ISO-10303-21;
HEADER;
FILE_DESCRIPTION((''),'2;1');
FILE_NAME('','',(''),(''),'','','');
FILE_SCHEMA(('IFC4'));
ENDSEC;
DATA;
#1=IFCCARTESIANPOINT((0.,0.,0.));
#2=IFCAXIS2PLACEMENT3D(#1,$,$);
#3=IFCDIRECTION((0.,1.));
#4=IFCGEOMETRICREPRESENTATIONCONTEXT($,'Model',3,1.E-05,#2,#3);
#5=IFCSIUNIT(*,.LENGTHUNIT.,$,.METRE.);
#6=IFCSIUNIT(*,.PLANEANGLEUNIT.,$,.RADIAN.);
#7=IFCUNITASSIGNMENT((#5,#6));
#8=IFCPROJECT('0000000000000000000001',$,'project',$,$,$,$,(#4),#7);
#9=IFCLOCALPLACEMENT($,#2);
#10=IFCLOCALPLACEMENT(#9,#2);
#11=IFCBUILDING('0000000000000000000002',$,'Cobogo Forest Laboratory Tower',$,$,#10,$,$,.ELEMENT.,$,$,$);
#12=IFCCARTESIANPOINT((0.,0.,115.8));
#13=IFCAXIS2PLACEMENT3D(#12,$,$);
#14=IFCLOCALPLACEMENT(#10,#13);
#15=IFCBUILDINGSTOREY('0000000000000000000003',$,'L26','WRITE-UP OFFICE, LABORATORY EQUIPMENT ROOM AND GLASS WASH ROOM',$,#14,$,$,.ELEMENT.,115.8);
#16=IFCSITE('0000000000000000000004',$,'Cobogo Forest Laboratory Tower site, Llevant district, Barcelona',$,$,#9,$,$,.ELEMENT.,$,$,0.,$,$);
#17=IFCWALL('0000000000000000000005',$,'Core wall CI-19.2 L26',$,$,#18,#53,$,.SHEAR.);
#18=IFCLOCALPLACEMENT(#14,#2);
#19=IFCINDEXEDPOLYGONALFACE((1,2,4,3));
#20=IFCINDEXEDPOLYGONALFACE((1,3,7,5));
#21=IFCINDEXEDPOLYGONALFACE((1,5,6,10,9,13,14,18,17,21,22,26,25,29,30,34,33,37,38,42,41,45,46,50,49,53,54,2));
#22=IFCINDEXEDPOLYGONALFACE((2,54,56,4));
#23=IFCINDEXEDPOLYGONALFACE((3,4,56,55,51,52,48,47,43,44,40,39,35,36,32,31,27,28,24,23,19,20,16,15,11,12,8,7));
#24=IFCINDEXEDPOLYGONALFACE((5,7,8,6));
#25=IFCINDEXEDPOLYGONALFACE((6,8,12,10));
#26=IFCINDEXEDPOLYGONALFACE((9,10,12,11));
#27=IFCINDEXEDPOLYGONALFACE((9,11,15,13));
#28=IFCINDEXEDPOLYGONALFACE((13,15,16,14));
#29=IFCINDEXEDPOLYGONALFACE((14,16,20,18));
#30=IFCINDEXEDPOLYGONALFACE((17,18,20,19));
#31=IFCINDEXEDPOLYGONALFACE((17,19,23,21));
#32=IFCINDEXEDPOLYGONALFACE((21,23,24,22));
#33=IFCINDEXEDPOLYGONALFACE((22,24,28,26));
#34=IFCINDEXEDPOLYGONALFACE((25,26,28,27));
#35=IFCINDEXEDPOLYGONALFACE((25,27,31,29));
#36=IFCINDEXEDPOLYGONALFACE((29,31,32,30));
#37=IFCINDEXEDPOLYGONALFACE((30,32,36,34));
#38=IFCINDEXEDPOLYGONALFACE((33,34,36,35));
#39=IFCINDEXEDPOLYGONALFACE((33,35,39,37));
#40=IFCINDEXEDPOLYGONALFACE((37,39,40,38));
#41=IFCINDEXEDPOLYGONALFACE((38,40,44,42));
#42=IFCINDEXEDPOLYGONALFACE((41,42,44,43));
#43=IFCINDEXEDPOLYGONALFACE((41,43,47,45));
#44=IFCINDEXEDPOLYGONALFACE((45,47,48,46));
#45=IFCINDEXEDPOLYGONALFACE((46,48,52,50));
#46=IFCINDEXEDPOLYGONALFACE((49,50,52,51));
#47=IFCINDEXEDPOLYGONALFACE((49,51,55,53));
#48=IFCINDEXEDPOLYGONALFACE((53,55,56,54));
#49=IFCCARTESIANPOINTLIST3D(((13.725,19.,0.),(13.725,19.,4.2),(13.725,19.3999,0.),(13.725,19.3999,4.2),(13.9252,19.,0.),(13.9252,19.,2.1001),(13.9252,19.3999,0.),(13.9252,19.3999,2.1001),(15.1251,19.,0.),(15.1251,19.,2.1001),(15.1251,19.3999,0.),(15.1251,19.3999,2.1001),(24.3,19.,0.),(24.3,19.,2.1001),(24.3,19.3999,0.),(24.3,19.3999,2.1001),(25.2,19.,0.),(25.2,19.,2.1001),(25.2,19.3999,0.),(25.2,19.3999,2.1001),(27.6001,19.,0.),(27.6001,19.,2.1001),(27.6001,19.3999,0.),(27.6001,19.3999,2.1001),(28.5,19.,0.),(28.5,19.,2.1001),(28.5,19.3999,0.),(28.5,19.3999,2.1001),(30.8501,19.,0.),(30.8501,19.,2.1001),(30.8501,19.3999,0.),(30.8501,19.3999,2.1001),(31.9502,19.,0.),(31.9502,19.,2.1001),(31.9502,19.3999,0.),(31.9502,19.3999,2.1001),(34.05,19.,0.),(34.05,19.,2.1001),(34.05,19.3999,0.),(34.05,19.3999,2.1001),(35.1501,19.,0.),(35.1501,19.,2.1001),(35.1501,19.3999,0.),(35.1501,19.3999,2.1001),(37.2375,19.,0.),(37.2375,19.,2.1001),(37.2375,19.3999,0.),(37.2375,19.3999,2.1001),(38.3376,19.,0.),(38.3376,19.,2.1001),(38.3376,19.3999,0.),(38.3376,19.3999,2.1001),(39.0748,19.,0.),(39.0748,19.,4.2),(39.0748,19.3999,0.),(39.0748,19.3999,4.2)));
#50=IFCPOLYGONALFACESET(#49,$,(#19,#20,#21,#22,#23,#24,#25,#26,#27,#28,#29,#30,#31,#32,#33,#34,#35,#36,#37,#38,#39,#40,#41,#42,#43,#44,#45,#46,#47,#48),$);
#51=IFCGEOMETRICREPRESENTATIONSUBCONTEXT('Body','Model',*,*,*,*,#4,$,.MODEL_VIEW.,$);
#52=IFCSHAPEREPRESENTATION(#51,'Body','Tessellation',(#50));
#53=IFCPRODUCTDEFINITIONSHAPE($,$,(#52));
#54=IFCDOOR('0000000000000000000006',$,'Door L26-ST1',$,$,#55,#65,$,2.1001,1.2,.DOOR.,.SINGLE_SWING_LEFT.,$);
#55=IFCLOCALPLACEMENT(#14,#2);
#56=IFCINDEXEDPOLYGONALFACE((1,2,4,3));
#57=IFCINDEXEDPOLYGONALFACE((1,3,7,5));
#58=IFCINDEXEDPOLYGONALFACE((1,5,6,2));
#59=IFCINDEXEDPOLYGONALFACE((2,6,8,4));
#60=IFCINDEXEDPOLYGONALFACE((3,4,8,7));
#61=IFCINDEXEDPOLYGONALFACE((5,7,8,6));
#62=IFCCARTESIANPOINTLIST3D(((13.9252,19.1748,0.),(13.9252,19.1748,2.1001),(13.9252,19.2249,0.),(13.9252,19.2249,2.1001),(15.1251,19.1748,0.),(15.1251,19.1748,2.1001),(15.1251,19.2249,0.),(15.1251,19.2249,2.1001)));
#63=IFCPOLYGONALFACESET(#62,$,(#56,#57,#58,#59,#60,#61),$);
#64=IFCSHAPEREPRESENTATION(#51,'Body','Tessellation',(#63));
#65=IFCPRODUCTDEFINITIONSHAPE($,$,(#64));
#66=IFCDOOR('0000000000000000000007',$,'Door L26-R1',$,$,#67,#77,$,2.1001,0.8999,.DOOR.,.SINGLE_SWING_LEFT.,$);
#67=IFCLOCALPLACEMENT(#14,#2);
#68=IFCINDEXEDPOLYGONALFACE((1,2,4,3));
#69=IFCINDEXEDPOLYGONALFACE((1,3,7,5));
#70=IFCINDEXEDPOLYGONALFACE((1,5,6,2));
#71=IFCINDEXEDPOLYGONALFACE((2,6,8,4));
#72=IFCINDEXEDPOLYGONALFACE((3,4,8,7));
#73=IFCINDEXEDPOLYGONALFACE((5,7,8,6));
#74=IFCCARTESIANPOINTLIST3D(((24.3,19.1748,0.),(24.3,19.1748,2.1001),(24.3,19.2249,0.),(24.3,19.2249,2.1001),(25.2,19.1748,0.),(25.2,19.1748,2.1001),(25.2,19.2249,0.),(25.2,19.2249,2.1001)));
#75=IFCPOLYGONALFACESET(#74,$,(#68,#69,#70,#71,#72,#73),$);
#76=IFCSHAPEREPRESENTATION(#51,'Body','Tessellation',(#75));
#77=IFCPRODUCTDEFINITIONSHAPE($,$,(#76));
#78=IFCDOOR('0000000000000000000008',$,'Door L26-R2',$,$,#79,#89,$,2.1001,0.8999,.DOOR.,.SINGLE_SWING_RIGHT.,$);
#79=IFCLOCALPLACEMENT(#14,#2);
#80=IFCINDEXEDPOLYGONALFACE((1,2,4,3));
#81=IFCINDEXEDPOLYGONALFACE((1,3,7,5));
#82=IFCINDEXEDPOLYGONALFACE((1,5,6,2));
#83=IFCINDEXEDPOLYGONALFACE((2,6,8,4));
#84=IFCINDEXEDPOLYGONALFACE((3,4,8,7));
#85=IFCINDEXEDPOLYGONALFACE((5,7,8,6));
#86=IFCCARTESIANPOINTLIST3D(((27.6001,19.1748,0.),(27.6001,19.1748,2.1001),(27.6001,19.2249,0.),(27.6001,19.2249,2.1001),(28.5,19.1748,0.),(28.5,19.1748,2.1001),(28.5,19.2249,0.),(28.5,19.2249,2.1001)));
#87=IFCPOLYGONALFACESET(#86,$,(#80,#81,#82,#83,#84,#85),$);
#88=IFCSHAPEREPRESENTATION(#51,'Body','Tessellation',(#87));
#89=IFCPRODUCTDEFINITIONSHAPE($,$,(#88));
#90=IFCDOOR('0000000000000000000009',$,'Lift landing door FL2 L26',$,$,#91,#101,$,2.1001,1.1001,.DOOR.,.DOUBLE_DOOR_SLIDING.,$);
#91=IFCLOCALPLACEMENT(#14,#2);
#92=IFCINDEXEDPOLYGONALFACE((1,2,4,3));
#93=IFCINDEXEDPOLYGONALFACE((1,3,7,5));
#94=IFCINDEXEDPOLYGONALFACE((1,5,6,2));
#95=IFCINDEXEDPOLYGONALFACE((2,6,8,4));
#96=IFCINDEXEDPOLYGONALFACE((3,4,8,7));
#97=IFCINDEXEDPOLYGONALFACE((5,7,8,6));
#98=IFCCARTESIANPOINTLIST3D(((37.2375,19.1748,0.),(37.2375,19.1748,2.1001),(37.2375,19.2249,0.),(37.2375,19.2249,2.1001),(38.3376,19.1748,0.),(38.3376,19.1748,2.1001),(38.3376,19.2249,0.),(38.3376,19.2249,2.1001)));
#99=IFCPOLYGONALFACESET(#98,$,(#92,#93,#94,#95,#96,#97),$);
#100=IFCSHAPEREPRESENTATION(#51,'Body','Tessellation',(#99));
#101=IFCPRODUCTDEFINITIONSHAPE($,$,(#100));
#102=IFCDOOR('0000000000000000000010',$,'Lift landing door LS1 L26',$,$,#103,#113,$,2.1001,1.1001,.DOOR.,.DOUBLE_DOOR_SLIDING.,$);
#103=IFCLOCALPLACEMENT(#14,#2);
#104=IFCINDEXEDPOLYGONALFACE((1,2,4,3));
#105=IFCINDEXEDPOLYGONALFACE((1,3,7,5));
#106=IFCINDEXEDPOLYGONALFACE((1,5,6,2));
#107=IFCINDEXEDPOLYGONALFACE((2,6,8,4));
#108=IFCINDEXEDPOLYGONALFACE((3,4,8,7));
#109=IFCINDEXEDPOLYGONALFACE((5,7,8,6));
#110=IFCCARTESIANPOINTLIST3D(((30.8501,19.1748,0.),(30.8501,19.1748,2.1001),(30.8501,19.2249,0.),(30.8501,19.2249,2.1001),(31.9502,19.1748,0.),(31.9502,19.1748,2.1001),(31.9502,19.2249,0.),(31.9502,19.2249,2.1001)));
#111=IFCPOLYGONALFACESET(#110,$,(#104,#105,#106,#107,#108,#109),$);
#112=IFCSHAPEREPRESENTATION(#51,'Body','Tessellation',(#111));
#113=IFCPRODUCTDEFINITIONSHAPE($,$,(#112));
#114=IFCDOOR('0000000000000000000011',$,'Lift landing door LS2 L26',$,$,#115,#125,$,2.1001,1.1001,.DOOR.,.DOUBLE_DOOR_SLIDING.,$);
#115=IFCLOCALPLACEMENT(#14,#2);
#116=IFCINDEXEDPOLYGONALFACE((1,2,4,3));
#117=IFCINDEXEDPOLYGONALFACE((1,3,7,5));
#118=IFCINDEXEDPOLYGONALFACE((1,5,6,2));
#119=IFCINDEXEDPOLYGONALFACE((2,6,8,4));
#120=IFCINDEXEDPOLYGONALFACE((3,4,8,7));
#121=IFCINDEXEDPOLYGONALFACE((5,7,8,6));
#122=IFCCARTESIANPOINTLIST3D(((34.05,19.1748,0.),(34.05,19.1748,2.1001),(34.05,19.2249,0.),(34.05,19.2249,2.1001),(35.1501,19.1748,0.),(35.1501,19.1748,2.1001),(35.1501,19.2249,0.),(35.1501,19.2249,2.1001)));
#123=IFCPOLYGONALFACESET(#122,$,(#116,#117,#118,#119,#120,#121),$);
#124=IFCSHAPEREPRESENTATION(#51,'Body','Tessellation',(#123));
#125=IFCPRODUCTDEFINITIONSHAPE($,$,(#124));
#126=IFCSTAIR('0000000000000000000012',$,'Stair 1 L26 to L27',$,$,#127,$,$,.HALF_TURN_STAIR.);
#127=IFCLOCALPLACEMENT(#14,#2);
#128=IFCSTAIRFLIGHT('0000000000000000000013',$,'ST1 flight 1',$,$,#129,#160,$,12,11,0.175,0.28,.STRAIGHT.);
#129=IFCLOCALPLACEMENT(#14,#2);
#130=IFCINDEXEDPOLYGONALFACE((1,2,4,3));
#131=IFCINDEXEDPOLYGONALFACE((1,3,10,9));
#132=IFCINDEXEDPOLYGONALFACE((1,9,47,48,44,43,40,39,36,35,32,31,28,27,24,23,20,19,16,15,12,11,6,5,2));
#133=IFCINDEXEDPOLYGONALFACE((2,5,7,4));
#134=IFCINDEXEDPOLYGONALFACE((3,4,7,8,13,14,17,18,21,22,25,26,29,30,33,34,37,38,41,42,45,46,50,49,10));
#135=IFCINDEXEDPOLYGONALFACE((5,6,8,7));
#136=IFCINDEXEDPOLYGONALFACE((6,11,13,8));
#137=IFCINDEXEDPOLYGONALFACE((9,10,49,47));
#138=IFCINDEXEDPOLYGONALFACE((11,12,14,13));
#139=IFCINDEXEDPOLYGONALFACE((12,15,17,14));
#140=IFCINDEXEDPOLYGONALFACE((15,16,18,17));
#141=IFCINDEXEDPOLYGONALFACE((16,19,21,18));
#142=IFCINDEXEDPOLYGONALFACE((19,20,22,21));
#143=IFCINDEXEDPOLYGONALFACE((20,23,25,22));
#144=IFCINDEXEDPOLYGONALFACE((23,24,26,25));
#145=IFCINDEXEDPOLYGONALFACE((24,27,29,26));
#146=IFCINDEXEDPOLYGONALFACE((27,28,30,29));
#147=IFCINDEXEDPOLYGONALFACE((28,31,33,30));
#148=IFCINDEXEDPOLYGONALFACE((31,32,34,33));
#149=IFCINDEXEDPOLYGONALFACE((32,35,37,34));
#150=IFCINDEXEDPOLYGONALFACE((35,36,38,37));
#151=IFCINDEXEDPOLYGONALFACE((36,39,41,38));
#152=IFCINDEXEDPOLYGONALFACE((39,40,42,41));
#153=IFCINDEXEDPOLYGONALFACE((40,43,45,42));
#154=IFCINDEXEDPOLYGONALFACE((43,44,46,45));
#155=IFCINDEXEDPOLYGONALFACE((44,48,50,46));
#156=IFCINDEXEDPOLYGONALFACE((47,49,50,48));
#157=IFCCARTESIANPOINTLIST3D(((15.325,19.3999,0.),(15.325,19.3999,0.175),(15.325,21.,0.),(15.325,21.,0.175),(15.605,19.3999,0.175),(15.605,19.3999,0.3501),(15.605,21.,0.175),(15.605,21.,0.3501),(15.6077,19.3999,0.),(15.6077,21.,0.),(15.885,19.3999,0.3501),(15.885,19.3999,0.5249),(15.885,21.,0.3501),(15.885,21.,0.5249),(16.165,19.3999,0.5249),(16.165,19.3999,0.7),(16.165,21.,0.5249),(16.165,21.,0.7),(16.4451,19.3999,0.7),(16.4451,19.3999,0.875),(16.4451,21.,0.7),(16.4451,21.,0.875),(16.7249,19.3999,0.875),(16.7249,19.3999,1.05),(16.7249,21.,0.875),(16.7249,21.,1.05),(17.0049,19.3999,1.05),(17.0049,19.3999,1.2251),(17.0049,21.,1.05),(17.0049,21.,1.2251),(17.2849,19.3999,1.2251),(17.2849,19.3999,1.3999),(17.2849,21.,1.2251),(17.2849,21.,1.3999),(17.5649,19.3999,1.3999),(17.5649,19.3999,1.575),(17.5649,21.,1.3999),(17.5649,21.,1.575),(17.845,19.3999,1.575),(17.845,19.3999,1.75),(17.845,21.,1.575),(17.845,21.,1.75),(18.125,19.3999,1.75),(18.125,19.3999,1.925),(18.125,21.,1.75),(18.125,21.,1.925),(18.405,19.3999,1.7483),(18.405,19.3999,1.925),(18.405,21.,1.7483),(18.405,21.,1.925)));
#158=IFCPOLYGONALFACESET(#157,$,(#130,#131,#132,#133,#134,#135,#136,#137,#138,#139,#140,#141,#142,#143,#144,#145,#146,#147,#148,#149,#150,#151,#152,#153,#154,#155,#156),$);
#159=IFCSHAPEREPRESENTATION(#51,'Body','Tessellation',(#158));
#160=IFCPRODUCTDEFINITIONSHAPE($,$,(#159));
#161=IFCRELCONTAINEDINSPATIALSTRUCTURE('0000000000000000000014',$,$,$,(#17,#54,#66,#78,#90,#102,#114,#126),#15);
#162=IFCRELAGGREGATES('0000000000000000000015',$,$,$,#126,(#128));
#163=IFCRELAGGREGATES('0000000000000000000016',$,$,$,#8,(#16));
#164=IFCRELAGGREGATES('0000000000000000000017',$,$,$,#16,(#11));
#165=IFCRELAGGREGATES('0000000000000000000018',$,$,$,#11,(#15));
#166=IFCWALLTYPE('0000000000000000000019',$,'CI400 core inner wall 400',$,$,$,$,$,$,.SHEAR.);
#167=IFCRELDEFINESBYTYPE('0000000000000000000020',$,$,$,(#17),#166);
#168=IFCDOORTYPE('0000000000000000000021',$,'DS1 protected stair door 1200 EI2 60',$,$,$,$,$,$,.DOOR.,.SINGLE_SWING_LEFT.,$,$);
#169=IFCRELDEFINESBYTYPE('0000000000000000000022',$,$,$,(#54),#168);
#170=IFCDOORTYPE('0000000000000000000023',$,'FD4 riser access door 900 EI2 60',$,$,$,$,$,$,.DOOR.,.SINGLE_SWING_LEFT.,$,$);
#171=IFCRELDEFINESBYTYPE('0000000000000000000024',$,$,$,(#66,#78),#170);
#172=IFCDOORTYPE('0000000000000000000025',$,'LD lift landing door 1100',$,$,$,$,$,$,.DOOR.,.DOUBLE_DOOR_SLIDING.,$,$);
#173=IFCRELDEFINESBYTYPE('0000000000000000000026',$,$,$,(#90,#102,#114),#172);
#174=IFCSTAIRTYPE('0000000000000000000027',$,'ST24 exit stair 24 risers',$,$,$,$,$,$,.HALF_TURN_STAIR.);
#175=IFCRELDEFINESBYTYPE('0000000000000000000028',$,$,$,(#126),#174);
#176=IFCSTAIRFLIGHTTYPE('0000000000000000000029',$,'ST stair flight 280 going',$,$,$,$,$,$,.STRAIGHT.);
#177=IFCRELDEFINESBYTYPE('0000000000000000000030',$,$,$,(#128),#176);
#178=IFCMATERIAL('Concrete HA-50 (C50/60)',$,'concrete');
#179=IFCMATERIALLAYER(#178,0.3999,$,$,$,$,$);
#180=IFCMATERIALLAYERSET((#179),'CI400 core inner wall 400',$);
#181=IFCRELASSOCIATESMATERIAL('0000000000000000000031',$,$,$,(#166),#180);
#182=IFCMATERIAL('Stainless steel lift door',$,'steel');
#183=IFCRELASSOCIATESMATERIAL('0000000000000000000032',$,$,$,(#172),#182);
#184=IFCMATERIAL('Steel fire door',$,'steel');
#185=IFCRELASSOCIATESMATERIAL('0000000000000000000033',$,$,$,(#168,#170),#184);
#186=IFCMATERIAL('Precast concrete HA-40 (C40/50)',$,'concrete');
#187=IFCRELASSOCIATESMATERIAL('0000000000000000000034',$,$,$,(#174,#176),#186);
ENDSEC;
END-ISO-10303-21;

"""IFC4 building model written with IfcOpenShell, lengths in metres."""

from ifc_helpers import new_model, si_unit, direction, frame, frame_2d, origin, place, context, subcontext, project, spatial, polyline, rectangle, outline, extrude, material, layer, layer_set, type_object, element, fill, aggregate, save


model = new_model("IFC4")

# Units and contexts
model_context = context("Model", 3, precision=1e-05, world=origin(), true_north=direction((0.0, 1.0)))
body_context = subcontext(model_context, "Body", "Model", "MODEL_VIEW")
ifc_project = project(units=[si_unit("LENGTHUNIT", "METRE"), si_unit("PLANEANGLEUNIT", "RADIAN")], contexts=[model_context])

# Site, building, storey
site_placement = place(None, origin())
site = spatial("IfcSite", under=ifc_project, at=site_placement, Name="Cobogo Forest Laboratory Tower site, Llevant district, Barcelona", CompositionType="ELEMENT", RefElevation=0.0)
building_placement = place(site_placement, origin())
building = spatial("IfcBuilding", under=site, at=building_placement, Name="Cobogo Forest Laboratory Tower", CompositionType="ELEMENT")
storey_placement = place(building_placement, frame((0.0, 0.0, 115.8)))
storey = spatial("IfcBuildingStorey", under=building, at=storey_placement, Name="L26", Description="WRITE-UP OFFICE, LABORATORY EQUIPMENT ROOM AND GLASS WASH ROOM", CompositionType="ELEMENT", Elevation=115.8)

# Wall, openings, doors
ifc_material_1 = material(Name="Concrete HA-50 (C50/60)", Category="concrete")
ifc_layer = layer(ifc_material_1, 0.3999)
ifc_layer_set = layer_set([ifc_layer], Name="CI400 core inner wall 400")
wall_type = type_object("IfcWallType", Name="CI400 core inner wall 400", PredefinedType="SHEAR", material=ifc_layer_set)
ifc_material_2 = material(Name="Steel fire door", Category="steel")
ifc_material_3 = material(Name="Stainless steel lift door", Category="steel")
door_type_1 = type_object("IfcDoorType", Name="LD lift landing door 1100", OperationType="DOUBLE_DOOR_SLIDING", PredefinedType="DOOR", material=ifc_material_3)
wall_1_placement = place(storey_placement, frame((13.7251, 19.2, 0.0), z_axis=(0.0, 0.0, 1.0), x_axis=(1.0, 0.0, 0.0)))
wall_1 = element("IfcWall", 1, at=wall_1_placement, inside=storey, type_object=wall_type, Name="Core wall CI-19.2 L26", PredefinedType="SHEAR", context=body_context, shape_type="SweptSolid", body=[
    extrude(rectangle(XDim=25.3499, YDim=0.3999, at=frame_2d((12.6748, 0.0))), origin(), (0.0, 0.0, 1.0), 4.2),
])
opening_1_placement = place(wall_1_placement, frame((10.575, 0.0, 0.0)))
opening_1 = element("IfcOpeningElement", 2, at=opening_1_placement, cuts=wall_1, PredefinedType="OPENING", context=body_context, shape_type="SweptSolid", body=[
    extrude(rectangle(XDim=0.8999, YDim=2.1001, at=frame_2d((0.45, 1.05))), frame((0.0, 0.21, 0.0), z_axis=(0.0, -1.0, 0.0), x_axis=(1.0, 0.0, 0.0)), (0.0, 0.0, 1.0), 0.4199),
])
opening_2_placement = place(wall_1_placement, frame((13.875, 0.0, 0.0)))
opening_2 = element("IfcOpeningElement", 3, at=opening_2_placement, cuts=wall_1, PredefinedType="OPENING", context=body_context, shape_type="SweptSolid", body=[
    extrude(rectangle(XDim=0.8999, YDim=2.1001, at=frame_2d((0.45, 1.05))), frame((0.0, 0.21, 0.0), z_axis=(0.0, -1.0, 0.0), x_axis=(1.0, 0.0, 0.0)), (0.0, 0.0, 1.0), 0.4199),
])
opening_3_placement = place(wall_1_placement, frame((0.2, 0.0, 0.0)))
opening_3 = element("IfcOpeningElement", 4, at=opening_3_placement, cuts=wall_1, PredefinedType="OPENING", context=body_context, shape_type="SweptSolid", body=[
    extrude(rectangle(XDim=1.2, YDim=2.1001, at=frame_2d((0.6001, 1.05))), frame((0.0, 0.21, 0.0), z_axis=(0.0, -1.0, 0.0), x_axis=(1.0, 0.0, 0.0)), (0.0, 0.0, 1.0), 0.4199),
])
opening_4_placement = place(wall_1_placement, frame((23.5125, 0.0, 0.0)))
opening_4 = element("IfcOpeningElement", 5, at=opening_4_placement, cuts=wall_1, PredefinedType="OPENING", context=body_context, shape_type="SweptSolid", body=[
    extrude(rectangle(XDim=1.1001, YDim=2.1001, at=frame_2d((0.55, 1.05))), frame((0.0, 0.21, 0.0), z_axis=(0.0, -1.0, 0.0), x_axis=(1.0, 0.0, 0.0)), (0.0, 0.0, 1.0), 0.4199),
])
opening_5_placement = place(wall_1_placement, frame((17.125, 0.0, 0.0)))
opening_5 = element("IfcOpeningElement", 6, at=opening_5_placement, cuts=wall_1, PredefinedType="OPENING", context=body_context, shape_type="SweptSolid", body=[
    extrude(rectangle(XDim=1.1001, YDim=2.1001, at=frame_2d((0.55, 1.05))), frame((0.0, 0.21, 0.0), z_axis=(0.0, -1.0, 0.0), x_axis=(1.0, 0.0, 0.0)), (0.0, 0.0, 1.0), 0.4199),
])
opening_6_placement = place(wall_1_placement, frame((20.325, 0.0, 0.0)))
opening_6 = element("IfcOpeningElement", 7, at=opening_6_placement, cuts=wall_1, PredefinedType="OPENING", context=body_context, shape_type="SweptSolid", body=[
    extrude(rectangle(XDim=1.1001, YDim=2.1001, at=frame_2d((0.55, 1.05))), frame((0.0, 0.21, 0.0), z_axis=(0.0, -1.0, 0.0), x_axis=(1.0, 0.0, 0.0)), (0.0, 0.0, 1.0), 0.4199),
])
door_type_2 = type_object("IfcDoorType", Name="DS1 protected stair door 1200 EI2 60", OperationType="SINGLE_SWING_LEFT", PredefinedType="DOOR", material=ifc_material_2)
door_1_placement = place(opening_3_placement, origin())
door_1 = element("IfcDoor", 8, at=door_1_placement, inside=storey, type_object=door_type_2, Name="Door L26-ST1", OperationType="SINGLE_SWING_LEFT", OverallHeight=2.1001, OverallWidth=1.2, PredefinedType="DOOR", context=body_context, shape_type="SweptSolid", body=[
    extrude(rectangle(XDim=1.2, YDim=2.1001, at=frame_2d((0.6001, 1.05))), frame((0.0, 0.0249, 0.0), z_axis=(0.0, -1.0, 0.0), x_axis=(1.0, 0.0, 0.0)), (0.0, 0.0, 1.0), 0.05),
])
fill(opening_3, door_1)
door_type_3 = type_object("IfcDoorType", Name="FD4 riser access door 900 EI2 60", OperationType="SINGLE_SWING_LEFT", PredefinedType="DOOR", material=ifc_material_2)
door_2_placement = place(opening_1_placement, origin())
door_2 = element("IfcDoor", 9, at=door_2_placement, inside=storey, type_object=door_type_3, Name="Door L26-R1", OperationType="SINGLE_SWING_LEFT", OverallHeight=2.1001, OverallWidth=0.8999, PredefinedType="DOOR", context=body_context, shape_type="SweptSolid", body=[
    extrude(rectangle(XDim=0.8999, YDim=2.1001, at=frame_2d((0.45, 1.05))), frame((0.0, 0.0249, 0.0), z_axis=(0.0, -1.0, 0.0), x_axis=(1.0, 0.0, 0.0)), (0.0, 0.0, 1.0), 0.05),
])
fill(opening_1, door_2)
door_3_placement = place(opening_2_placement, origin())
door_3 = element("IfcDoor", 10, at=door_3_placement, inside=storey, type_object=door_type_3, Name="Door L26-R2", OperationType="SINGLE_SWING_RIGHT", OverallHeight=2.1001, OverallWidth=0.8999, PredefinedType="DOOR", context=body_context, shape_type="SweptSolid", body=[
    extrude(rectangle(XDim=0.8999, YDim=2.1001, at=frame_2d((0.45, 1.05))), frame((0.0, 0.0249, 0.0), z_axis=(0.0, -1.0, 0.0), x_axis=(1.0, 0.0, 0.0)), (0.0, 0.0, 1.0), 0.05),
])
fill(opening_2, door_3)
door_4_placement = place(opening_4_placement, origin())
door_4 = element("IfcDoor", 11, at=door_4_placement, inside=storey, type_object=door_type_1, Name="Lift landing door FL2 L26", OperationType="DOUBLE_DOOR_SLIDING", OverallHeight=2.1001, OverallWidth=1.1001, PredefinedType="DOOR", context=body_context, shape_type="SweptSolid", body=[
    extrude(rectangle(XDim=1.1001, YDim=2.1001, at=frame_2d((0.55, 1.05))), frame((0.0, 0.0249, 0.0), z_axis=(0.0, -1.0, 0.0), x_axis=(1.0, 0.0, 0.0)), (0.0, 0.0, 1.0), 0.05),
])
fill(opening_4, door_4)
door_5_placement = place(opening_5_placement, origin())
door_5 = element("IfcDoor", 12, at=door_5_placement, inside=storey, type_object=door_type_1, Name="Lift landing door LS1 L26", OperationType="DOUBLE_DOOR_SLIDING", OverallHeight=2.1001, OverallWidth=1.1001, PredefinedType="DOOR", context=body_context, shape_type="SweptSolid", body=[
    extrude(rectangle(XDim=1.1001, YDim=2.1001, at=frame_2d((0.55, 1.05))), frame((0.0, 0.0249, 0.0), z_axis=(0.0, -1.0, 0.0), x_axis=(1.0, 0.0, 0.0)), (0.0, 0.0, 1.0), 0.05),
])
fill(opening_5, door_5)
door_6_placement = place(opening_6_placement, origin())
door_6 = element("IfcDoor", 13, at=door_6_placement, inside=storey, type_object=door_type_1, Name="Lift landing door LS2 L26", OperationType="DOUBLE_DOOR_SLIDING", OverallHeight=2.1001, OverallWidth=1.1001, PredefinedType="DOOR", context=body_context, shape_type="SweptSolid", body=[
    extrude(rectangle(XDim=1.1001, YDim=2.1001, at=frame_2d((0.55, 1.05))), frame((0.0, 0.0249, 0.0), z_axis=(0.0, -1.0, 0.0), x_axis=(1.0, 0.0, 0.0)), (0.0, 0.0, 1.0), 0.05),
])
fill(opening_6, door_6)

# Stair, stair flight
ifc_material_4 = material(Name="Precast concrete HA-40 (C40/50)", Category="concrete")
stair_type = type_object("IfcStairType", Name="ST24 exit stair 24 risers", PredefinedType="HALF_TURN_STAIR", material=ifc_material_4)
stair_placement = place(storey_placement, origin())
stair = element("IfcStair", 14, at=stair_placement, inside=storey, type_object=stair_type, Name="Stair 1 L26 to L27", PredefinedType="HALF_TURN_STAIR")
stair_flight_type = type_object("IfcStairFlightType", Name="ST stair flight 280 going", PredefinedType="STRAIGHT", material=ifc_material_4)
stair_flight_1_placement = place(storey_placement, frame((15.325, 20.2, 0.0), z_axis=(0.0, 0.0, 1.0), x_axis=(1.0, 0.0, 0.0)))
stair_flight_1 = element("IfcStairFlight", 15, at=stair_flight_1_placement, type_object=stair_flight_type, Name="ST1 flight 1", NumberOfRisers=12, NumberOfTreads=11, PredefinedType="STRAIGHT", RiserHeight=0.175, TreadLength=0.28, context=body_context, shape_type="SweptSolid", body=[
    extrude(outline(polyline([(0.0, 0.0), (0.0, 0.175), (0.28, 0.175), (0.28, 0.3501), (0.5601, 0.3501), (0.5601, 0.5249), (0.8401, 0.5249), (0.8401, 0.7), (1.1201, 0.7), (1.1201, 0.875), (1.3999, 0.875), (1.3999, 1.05), (1.6799, 1.05), (1.6799, 1.2251), (1.96, 1.2251), (1.96, 1.3999), (2.24, 1.3999), (2.24, 1.575), (2.52, 1.575), (2.52, 1.75), (2.8, 1.75), (2.8, 1.925), (3.0801, 1.925), (3.0801, 2.1001), (3.0801, 1.7483), (0.2827, 0.0), (0.0, 0.0)])), frame((0.0, 0.8, 0.0), z_axis=(0.0, -1.0, 0.0), x_axis=(1.0, 0.0, 0.0)), (0.0, 0.0, 1.0), 1.6001),
])
aggregate(stair, [stair_flight_1])

save(model, "model.ifc")
